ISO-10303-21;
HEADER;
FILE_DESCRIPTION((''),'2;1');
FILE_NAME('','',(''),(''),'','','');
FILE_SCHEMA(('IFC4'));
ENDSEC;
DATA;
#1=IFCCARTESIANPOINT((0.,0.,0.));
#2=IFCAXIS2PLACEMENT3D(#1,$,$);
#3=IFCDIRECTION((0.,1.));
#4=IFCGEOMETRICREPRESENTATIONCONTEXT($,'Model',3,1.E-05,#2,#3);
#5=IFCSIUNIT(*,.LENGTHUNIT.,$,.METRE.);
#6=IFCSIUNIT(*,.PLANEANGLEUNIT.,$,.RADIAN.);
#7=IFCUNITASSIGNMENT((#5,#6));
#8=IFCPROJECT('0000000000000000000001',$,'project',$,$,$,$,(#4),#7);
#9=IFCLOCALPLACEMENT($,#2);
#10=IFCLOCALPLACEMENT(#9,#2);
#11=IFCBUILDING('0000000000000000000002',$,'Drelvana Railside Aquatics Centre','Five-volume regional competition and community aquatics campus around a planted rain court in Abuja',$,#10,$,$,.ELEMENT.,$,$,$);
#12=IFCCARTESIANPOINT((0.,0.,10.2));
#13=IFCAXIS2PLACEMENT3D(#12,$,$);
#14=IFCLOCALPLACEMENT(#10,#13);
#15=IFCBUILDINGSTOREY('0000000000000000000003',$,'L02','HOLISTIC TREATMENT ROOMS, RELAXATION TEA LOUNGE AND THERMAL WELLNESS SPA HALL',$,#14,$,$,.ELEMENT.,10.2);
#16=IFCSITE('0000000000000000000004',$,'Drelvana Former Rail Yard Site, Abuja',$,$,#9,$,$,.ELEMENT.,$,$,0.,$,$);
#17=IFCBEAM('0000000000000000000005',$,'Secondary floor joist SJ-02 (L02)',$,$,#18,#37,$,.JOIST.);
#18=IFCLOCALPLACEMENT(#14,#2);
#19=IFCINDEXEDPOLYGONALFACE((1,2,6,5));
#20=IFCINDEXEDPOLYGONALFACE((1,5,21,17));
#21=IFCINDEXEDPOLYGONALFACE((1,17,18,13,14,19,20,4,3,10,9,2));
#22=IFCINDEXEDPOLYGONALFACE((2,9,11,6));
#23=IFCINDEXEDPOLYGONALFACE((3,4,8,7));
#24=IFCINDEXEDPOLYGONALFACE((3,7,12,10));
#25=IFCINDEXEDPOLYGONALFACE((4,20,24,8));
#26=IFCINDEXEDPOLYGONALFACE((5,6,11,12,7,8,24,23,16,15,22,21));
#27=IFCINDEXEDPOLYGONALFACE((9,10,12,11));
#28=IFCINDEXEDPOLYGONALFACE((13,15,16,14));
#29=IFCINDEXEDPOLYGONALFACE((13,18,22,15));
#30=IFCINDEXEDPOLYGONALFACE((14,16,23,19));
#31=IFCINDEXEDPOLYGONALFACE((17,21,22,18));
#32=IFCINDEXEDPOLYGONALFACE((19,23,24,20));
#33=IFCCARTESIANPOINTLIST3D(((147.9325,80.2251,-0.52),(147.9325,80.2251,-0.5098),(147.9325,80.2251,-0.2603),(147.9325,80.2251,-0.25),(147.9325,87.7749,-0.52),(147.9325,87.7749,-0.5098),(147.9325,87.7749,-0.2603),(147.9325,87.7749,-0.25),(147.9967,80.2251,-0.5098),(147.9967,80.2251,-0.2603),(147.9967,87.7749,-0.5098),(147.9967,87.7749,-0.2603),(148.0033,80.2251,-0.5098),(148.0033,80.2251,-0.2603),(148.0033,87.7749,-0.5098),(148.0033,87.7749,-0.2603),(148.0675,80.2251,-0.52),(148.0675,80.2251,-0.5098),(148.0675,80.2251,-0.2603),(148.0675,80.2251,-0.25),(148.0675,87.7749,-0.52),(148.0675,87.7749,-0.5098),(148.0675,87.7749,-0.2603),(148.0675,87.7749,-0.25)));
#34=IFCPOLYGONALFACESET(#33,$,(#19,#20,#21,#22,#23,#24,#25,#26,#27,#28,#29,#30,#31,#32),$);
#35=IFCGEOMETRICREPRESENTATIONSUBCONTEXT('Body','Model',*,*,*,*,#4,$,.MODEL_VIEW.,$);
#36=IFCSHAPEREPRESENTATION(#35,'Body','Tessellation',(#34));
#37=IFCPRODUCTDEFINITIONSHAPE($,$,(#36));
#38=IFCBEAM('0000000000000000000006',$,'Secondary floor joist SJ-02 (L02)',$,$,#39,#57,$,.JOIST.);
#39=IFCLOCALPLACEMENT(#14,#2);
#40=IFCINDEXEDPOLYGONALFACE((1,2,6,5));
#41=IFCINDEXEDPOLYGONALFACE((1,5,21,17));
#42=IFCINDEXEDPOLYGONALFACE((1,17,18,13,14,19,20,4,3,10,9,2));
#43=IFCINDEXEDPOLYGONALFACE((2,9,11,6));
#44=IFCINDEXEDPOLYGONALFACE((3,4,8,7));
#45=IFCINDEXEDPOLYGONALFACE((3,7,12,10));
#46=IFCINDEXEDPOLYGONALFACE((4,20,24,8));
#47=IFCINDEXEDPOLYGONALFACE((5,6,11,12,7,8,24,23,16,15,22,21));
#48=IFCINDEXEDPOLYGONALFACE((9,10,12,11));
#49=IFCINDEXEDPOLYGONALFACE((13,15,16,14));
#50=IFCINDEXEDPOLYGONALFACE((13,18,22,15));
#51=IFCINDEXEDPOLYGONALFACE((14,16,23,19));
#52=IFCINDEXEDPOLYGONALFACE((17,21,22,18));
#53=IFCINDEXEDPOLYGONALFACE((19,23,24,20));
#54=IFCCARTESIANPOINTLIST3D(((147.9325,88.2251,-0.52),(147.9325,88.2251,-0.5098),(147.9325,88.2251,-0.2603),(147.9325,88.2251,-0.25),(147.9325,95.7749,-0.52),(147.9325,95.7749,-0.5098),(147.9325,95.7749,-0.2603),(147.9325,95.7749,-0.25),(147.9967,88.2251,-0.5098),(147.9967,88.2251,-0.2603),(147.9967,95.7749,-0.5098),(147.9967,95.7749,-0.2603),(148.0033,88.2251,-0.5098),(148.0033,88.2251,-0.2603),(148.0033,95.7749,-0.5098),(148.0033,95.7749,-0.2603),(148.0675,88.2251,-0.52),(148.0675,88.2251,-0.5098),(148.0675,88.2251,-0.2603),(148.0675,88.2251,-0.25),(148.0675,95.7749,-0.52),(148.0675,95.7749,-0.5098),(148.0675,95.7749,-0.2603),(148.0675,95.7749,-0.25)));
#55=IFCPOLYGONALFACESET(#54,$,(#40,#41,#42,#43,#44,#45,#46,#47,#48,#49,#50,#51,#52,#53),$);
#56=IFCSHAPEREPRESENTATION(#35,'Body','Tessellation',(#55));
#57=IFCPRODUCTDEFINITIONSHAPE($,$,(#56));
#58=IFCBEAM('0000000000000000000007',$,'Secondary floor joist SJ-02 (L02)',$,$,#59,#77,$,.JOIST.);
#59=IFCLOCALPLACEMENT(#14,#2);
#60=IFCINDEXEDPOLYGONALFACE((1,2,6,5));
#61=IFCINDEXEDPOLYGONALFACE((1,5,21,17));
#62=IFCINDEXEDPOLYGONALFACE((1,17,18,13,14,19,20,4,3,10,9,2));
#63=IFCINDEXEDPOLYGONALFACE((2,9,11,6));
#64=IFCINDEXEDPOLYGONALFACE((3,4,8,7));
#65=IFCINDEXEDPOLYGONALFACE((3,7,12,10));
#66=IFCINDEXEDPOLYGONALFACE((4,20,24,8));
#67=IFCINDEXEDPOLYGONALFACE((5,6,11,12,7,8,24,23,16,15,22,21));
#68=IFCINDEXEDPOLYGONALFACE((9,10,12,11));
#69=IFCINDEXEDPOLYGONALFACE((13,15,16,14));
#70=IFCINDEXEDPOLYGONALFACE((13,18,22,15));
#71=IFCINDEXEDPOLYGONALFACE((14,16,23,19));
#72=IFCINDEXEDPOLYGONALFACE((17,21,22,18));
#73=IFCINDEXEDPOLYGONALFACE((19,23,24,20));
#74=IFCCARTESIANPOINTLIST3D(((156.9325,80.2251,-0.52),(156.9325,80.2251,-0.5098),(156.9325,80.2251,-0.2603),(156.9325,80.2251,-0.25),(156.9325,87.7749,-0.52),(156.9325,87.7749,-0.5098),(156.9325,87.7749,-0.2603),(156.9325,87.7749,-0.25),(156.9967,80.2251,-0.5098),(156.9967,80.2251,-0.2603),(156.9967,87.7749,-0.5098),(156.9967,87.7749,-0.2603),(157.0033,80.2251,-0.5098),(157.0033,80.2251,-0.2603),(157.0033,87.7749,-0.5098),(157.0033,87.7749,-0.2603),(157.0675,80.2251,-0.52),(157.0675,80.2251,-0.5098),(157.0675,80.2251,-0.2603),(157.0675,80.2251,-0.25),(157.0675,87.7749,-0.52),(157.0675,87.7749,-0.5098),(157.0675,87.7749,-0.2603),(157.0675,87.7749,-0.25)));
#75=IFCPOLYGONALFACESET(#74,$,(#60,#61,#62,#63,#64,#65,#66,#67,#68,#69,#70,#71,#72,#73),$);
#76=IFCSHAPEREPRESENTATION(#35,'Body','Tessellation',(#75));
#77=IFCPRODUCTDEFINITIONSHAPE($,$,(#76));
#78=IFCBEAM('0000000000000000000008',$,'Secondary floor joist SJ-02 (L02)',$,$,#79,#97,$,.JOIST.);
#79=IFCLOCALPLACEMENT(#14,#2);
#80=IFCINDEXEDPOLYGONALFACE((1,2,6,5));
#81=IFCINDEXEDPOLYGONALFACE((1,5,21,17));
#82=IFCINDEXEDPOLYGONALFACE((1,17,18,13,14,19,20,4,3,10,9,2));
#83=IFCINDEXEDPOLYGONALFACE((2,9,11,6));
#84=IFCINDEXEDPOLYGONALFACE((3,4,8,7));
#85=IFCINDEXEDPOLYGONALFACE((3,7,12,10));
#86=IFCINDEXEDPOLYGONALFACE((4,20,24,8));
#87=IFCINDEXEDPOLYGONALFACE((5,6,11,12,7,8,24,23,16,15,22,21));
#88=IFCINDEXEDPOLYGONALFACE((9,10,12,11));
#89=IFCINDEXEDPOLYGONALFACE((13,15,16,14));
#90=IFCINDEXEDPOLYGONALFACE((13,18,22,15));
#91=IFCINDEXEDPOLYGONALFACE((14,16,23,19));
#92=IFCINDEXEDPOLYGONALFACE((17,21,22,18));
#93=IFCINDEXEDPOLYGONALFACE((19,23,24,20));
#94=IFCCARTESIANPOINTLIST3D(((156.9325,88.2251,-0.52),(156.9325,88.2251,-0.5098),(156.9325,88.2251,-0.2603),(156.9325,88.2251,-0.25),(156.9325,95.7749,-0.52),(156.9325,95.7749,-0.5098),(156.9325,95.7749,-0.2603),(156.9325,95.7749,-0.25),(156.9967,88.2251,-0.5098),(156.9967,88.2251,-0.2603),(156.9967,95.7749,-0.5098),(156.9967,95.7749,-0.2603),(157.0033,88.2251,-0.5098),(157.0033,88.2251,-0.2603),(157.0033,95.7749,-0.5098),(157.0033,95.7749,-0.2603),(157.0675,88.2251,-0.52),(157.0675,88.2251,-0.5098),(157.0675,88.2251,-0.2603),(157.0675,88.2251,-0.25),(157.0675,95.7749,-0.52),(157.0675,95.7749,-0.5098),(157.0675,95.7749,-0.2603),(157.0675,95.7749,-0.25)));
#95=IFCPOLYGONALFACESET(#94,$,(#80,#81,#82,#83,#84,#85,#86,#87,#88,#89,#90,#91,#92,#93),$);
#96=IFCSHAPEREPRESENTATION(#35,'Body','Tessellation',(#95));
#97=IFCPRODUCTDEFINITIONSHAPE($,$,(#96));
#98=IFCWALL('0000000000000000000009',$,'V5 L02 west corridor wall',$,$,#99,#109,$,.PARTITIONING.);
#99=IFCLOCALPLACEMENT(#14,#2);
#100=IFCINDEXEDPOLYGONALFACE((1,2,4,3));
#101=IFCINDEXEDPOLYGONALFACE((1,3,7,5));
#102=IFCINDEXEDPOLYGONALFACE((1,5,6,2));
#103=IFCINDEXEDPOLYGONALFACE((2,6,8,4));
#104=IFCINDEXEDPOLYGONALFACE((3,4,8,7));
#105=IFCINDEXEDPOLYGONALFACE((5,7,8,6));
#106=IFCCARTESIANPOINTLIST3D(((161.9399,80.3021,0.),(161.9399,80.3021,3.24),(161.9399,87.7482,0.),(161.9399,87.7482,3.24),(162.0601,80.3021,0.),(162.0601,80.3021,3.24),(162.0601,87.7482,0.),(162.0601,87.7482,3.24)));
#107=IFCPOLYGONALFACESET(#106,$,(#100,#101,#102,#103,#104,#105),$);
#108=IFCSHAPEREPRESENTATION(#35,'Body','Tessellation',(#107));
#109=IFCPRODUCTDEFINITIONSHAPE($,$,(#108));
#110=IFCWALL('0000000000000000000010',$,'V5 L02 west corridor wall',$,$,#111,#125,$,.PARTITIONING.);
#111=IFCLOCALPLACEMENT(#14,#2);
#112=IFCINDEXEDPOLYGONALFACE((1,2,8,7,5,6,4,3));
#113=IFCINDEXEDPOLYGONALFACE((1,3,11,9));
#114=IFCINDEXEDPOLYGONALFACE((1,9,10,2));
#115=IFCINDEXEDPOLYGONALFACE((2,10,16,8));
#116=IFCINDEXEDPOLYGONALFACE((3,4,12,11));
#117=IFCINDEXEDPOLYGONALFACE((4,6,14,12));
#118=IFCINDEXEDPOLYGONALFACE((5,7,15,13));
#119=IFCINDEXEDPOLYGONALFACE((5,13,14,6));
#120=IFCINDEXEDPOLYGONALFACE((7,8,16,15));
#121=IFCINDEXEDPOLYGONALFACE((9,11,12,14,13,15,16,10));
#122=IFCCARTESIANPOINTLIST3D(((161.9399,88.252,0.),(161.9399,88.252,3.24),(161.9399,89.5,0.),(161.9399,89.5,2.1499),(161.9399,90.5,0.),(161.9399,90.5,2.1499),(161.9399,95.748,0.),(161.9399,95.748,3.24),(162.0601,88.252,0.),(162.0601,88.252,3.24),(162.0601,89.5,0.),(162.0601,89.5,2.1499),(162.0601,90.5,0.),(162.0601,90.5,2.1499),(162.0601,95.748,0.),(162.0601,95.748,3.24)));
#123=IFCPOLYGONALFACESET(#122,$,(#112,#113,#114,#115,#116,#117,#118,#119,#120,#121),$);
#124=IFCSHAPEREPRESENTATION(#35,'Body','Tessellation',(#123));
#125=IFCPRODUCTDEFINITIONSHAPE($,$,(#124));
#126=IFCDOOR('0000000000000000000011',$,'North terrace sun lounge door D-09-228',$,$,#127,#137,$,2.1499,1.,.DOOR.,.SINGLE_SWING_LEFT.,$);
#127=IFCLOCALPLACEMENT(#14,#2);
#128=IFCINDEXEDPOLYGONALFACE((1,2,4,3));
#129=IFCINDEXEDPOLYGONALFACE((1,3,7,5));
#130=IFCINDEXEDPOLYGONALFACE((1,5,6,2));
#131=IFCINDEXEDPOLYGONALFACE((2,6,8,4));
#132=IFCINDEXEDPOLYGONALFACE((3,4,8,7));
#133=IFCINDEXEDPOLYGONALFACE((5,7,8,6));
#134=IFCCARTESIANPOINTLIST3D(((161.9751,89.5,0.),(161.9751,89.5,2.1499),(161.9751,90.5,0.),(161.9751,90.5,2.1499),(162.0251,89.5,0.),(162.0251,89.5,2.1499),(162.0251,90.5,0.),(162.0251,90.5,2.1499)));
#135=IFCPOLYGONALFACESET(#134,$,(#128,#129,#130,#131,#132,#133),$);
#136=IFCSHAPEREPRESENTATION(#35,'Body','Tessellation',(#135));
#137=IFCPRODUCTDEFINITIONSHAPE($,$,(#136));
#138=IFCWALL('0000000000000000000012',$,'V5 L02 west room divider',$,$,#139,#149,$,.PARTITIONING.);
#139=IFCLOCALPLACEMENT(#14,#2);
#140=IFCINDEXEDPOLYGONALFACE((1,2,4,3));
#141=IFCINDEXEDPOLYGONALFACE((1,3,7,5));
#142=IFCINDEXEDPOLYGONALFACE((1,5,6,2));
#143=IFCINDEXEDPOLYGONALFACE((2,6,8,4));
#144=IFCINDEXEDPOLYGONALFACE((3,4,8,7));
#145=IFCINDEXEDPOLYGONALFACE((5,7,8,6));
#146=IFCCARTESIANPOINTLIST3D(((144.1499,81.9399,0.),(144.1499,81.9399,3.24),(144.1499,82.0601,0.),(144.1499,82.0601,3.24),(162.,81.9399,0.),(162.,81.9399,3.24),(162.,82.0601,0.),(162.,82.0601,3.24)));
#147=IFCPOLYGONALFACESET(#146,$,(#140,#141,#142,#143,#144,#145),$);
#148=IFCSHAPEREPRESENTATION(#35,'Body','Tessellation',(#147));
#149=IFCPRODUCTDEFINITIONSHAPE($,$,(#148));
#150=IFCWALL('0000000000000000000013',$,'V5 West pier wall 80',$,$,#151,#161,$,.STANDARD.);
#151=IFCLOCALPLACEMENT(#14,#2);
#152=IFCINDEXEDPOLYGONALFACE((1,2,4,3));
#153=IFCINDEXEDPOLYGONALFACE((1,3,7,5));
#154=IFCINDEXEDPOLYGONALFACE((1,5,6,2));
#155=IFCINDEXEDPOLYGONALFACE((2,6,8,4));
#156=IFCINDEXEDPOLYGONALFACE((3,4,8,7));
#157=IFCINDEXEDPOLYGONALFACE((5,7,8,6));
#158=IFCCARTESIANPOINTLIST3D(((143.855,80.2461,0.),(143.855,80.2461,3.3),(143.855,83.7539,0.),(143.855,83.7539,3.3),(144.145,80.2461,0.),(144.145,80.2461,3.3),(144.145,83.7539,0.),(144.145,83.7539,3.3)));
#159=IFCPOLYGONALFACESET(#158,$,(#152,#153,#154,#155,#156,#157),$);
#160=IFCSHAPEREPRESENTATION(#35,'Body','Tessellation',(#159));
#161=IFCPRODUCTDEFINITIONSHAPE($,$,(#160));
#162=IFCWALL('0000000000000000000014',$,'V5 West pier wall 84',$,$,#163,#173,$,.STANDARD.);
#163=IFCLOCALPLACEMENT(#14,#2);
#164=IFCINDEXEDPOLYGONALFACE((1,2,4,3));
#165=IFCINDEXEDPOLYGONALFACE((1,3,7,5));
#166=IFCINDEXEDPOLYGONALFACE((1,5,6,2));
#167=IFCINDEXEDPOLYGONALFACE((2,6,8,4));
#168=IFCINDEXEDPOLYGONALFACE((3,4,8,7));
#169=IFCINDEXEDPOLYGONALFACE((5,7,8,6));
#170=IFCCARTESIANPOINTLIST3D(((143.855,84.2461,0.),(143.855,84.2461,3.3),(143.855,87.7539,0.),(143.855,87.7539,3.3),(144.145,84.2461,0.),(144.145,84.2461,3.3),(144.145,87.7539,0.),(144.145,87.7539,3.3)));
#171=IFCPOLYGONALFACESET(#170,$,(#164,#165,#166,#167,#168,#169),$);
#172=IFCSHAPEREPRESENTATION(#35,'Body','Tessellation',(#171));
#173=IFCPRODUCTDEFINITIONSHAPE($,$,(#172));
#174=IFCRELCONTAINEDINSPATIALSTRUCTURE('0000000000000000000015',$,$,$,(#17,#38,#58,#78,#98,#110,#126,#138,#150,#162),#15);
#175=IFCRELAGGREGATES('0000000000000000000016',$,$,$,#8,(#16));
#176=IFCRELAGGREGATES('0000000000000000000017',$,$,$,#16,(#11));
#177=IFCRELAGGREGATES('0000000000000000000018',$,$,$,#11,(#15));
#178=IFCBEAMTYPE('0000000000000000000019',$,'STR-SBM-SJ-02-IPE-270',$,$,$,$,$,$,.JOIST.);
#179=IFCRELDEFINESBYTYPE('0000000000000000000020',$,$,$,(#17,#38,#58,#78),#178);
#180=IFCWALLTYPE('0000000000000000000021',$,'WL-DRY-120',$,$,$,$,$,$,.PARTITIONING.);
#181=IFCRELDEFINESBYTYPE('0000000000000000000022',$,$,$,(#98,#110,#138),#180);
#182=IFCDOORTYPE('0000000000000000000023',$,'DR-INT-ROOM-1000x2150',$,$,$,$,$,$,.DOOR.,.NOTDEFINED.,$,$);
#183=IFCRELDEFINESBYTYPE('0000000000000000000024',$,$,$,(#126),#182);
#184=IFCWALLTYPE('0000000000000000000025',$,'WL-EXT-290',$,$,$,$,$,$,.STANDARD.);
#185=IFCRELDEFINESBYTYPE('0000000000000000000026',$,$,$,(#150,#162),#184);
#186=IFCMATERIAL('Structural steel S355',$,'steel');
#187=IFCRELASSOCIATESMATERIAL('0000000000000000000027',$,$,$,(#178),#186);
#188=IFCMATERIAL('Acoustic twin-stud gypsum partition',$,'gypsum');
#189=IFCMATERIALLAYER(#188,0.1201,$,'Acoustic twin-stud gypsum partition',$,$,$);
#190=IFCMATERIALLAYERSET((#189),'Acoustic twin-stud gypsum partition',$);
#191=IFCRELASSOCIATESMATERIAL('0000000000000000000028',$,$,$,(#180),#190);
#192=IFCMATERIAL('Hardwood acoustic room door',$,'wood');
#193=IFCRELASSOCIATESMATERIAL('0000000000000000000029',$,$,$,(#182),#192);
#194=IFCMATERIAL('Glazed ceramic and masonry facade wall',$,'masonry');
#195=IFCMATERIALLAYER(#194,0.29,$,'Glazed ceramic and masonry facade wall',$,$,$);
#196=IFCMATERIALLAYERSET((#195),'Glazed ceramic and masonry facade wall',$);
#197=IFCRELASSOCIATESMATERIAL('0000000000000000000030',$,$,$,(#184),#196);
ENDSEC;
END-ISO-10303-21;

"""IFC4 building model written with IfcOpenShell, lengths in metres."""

from ifc_helpers import new_model, si_unit, direction, frame, frame_2d, origin, origin_2d, place, context, subcontext, project, spatial, rectangle, i_section, extrude, material, layer, layer_set, material_profile, profile_set, type_object, element, fill, save


model = new_model("IFC4")

# Units and contexts
model_context = context("Model", 3, precision=1e-05, world=origin(), true_north=direction((0.0, 1.0)))
body_context = subcontext(model_context, "Body", "Model", "MODEL_VIEW")
ifc_project = project(units=[si_unit("LENGTHUNIT", "METRE"), si_unit("PLANEANGLEUNIT", "RADIAN")], contexts=[model_context])

# Site, building, storey
site_placement = place(None, origin())
site = spatial("IfcSite", under=ifc_project, at=site_placement, Name="Drelvana Former Rail Yard Site, Abuja", CompositionType="ELEMENT", RefElevation=0.0)
building_placement = place(site_placement, origin())
building = spatial("IfcBuilding", under=site, at=building_placement, Name="Drelvana Railside Aquatics Centre", Description="Five-volume regional competition and community aquatics campus around a planted rain court in Abuja", CompositionType="ELEMENT")
storey_placement = place(building_placement, frame((0.0, 0.0, 10.2)))
storey = spatial("IfcBuildingStorey", under=building, at=storey_placement, Name="L02", Description="HOLISTIC TREATMENT ROOMS, RELAXATION TEA LOUNGE AND THERMAL WELLNESS SPA HALL", CompositionType="ELEMENT", Elevation=10.2)

# Beams
ifc_material_1 = material(Name="Structural steel S355", Category="steel")
ifc_material_profile_1 = material_profile(ifc_material_1, i_section(OverallWidth=0.135, OverallDepth=0.27, WebThickness=0.0066, FlangeThickness=0.0103, at=origin_2d()), Name="IPE 270")
ifc_profile_set_1 = profile_set([ifc_material_profile_1], Name="Structural steel S355")
beam_type_1 = type_object("IfcBeamType", Name="STR-SBM-SJ-02-IPE-270", PredefinedType="JOIST", material=ifc_profile_set_1)
for number, where, z_axis, x_axis, name in (
    (1, (148.0, 80.2251, -0.385), (0.0, 1.0, 0.0), (-1.0, 0.0, 0.0), "Secondary floor joist SJ-02 (L02)"),
    (2, (148.0, 88.2251, -0.385), (0.0, 1.0, 0.0), (-1.0, 0.0, 0.0), "Secondary floor joist SJ-02 (L02)"),
    (3, (157.0, 80.2251, -0.385), (0.0, 1.0, 0.0), (-1.0, 0.0, 0.0), "Secondary floor joist SJ-02 (L02)"),
    (4, (157.0, 88.2251, -0.385), (0.0, 1.0, 0.0), (-1.0, 0.0, 0.0), "Secondary floor joist SJ-02 (L02)"),
):
    element("IfcBeam", number, at=place(storey_placement, frame(where, z_axis=z_axis, x_axis=x_axis)), inside=storey, type_object=beam_type_1, Name=name, PredefinedType="JOIST", context=body_context, shape_type="SweptSolid", body=[
        extrude(i_section(OverallWidth=0.135, OverallDepth=0.27, WebThickness=0.0066, FlangeThickness=0.0103, at=origin_2d()), origin(), (0.0, 0.0, 1.0), 7.5498),
    ])

# Wall
ifc_material_2 = material(Name="Acoustic twin-stud gypsum partition", Category="gypsum")
ifc_layer_1 = layer(ifc_material_2, 0.1201, Name="Acoustic twin-stud gypsum partition")
ifc_layer_set_1 = layer_set([ifc_layer_1], Name="Acoustic twin-stud gypsum partition")
wall_type_1 = type_object("IfcWallType", Name="WL-DRY-120", PredefinedType="PARTITIONING", material=ifc_layer_set_1)
wall_1_placement = place(storey_placement, frame((162.0, 80.302, 0.0), z_axis=(0.0, 0.0, 1.0), x_axis=(0.0, 1.0, 0.0)))
element("IfcWall", 5, at=wall_1_placement, inside=storey, type_object=wall_type_1, Name="V5 L02 west corridor wall", PredefinedType="PARTITIONING", context=body_context, shape_type="SweptSolid", body=[
    extrude(rectangle(XDim=7.446, YDim=0.1201, at=frame_2d((3.7231, 0.0))), origin(), (0.0, 0.0, 1.0), 3.24),
])

# Wall, opening, door
wall_2_placement = place(storey_placement, frame((162.0, 88.252, 0.0), z_axis=(0.0, 0.0, 1.0), x_axis=(0.0, 1.0, 0.0)))
wall_2 = element("IfcWall", 6, at=wall_2_placement, inside=storey, type_object=wall_type_1, Name="V5 L02 west corridor wall", PredefinedType="PARTITIONING", context=body_context, shape_type="SweptSolid", body=[
    extrude(rectangle(XDim=7.4961, YDim=0.1201, at=frame_2d((3.748, 0.0))), origin(), (0.0, 0.0, 1.0), 3.24),
])
opening_1_placement = place(wall_2_placement, frame((1.248, 0.0, 0.0)))
opening_1 = element("IfcOpeningElement", 7, at=opening_1_placement, cuts=wall_2, PredefinedType="OPENING", context=body_context, shape_type="SweptSolid", body=[
    extrude(rectangle(XDim=1.0, YDim=2.1499, at=frame_2d((0.5, 1.075))), frame((0.0, 0.0701, 0.0), z_axis=(0.0, -1.0, 0.0), x_axis=(1.0, 0.0, 0.0)), (0.0, 0.0, 1.0), 0.1401),
])
ifc_material_3 = material(Name="Hardwood acoustic room door", Category="wood")
door_type_1 = type_object("IfcDoorType", Name="DR-INT-ROOM-1000x2150", OperationType="NOTDEFINED", PredefinedType="DOOR", material=ifc_material_3)
door_1_placement = place(opening_1_placement, origin())
door_1 = element("IfcDoor", 8, at=door_1_placement, inside=storey, type_object=door_type_1, Name="North terrace sun lounge door D-09-228", OperationType="SINGLE_SWING_LEFT", OverallHeight=2.1499, OverallWidth=1.0, PredefinedType="DOOR", context=body_context, shape_type="SweptSolid", body=[
    extrude(rectangle(XDim=1.0, YDim=2.1499, at=frame_2d((0.5, 1.075))), frame((0.0, 0.0249, 0.0), z_axis=(0.0, -1.0, 0.0), x_axis=(1.0, 0.0, 0.0)), (0.0, 0.0, 1.0), 0.05),
])
fill(opening_1, door_1)

# Walls
wall_3_placement = place(storey_placement, frame((144.1499, 82.0, 0.0), z_axis=(0.0, 0.0, 1.0), x_axis=(1.0, 0.0, 0.0)))
element("IfcWall", 9, at=wall_3_placement, inside=storey, type_object=wall_type_1, Name="V5 L02 west room divider", PredefinedType="PARTITIONING", context=body_context, shape_type="SweptSolid", body=[
    extrude(rectangle(XDim=17.8501, YDim=0.1201, at=frame_2d((8.925, 0.0))), origin(), (0.0, 0.0, 1.0), 3.24),
])
ifc_material_4 = material(Name="Glazed ceramic and masonry facade wall", Category="masonry")
ifc_layer_2 = layer(ifc_material_4, 0.29, Name="Glazed ceramic and masonry facade wall")
ifc_layer_set_2 = layer_set([ifc_layer_2], Name="Glazed ceramic and masonry facade wall")
wall_type_2 = type_object("IfcWallType", Name="WL-EXT-290", PredefinedType="STANDARD", material=ifc_layer_set_2)
for number, where, z_axis, x_axis, name in (
    (10, (144.0, 80.2461, 0.0), (0.0, 0.0, 1.0), (0.0, 1.0, 0.0), "V5 West pier wall 80"),
    (11, (144.0, 84.2461, 0.0), (0.0, 0.0, 1.0), (0.0, 1.0, 0.0), "V5 West pier wall 84"),
):
    element("IfcWall", number, at=place(storey_placement, frame(where, z_axis=z_axis, x_axis=x_axis)), inside=storey, type_object=wall_type_2, Name=name, PredefinedType="STANDARD", context=body_context, shape_type="SweptSolid", body=[
        extrude(rectangle(XDim=3.5078, YDim=0.29, at=frame_2d((1.7539, 0.0))), origin(), (0.0, 0.0, 1.0), 3.3),
    ])

save(model, "model.ifc")
